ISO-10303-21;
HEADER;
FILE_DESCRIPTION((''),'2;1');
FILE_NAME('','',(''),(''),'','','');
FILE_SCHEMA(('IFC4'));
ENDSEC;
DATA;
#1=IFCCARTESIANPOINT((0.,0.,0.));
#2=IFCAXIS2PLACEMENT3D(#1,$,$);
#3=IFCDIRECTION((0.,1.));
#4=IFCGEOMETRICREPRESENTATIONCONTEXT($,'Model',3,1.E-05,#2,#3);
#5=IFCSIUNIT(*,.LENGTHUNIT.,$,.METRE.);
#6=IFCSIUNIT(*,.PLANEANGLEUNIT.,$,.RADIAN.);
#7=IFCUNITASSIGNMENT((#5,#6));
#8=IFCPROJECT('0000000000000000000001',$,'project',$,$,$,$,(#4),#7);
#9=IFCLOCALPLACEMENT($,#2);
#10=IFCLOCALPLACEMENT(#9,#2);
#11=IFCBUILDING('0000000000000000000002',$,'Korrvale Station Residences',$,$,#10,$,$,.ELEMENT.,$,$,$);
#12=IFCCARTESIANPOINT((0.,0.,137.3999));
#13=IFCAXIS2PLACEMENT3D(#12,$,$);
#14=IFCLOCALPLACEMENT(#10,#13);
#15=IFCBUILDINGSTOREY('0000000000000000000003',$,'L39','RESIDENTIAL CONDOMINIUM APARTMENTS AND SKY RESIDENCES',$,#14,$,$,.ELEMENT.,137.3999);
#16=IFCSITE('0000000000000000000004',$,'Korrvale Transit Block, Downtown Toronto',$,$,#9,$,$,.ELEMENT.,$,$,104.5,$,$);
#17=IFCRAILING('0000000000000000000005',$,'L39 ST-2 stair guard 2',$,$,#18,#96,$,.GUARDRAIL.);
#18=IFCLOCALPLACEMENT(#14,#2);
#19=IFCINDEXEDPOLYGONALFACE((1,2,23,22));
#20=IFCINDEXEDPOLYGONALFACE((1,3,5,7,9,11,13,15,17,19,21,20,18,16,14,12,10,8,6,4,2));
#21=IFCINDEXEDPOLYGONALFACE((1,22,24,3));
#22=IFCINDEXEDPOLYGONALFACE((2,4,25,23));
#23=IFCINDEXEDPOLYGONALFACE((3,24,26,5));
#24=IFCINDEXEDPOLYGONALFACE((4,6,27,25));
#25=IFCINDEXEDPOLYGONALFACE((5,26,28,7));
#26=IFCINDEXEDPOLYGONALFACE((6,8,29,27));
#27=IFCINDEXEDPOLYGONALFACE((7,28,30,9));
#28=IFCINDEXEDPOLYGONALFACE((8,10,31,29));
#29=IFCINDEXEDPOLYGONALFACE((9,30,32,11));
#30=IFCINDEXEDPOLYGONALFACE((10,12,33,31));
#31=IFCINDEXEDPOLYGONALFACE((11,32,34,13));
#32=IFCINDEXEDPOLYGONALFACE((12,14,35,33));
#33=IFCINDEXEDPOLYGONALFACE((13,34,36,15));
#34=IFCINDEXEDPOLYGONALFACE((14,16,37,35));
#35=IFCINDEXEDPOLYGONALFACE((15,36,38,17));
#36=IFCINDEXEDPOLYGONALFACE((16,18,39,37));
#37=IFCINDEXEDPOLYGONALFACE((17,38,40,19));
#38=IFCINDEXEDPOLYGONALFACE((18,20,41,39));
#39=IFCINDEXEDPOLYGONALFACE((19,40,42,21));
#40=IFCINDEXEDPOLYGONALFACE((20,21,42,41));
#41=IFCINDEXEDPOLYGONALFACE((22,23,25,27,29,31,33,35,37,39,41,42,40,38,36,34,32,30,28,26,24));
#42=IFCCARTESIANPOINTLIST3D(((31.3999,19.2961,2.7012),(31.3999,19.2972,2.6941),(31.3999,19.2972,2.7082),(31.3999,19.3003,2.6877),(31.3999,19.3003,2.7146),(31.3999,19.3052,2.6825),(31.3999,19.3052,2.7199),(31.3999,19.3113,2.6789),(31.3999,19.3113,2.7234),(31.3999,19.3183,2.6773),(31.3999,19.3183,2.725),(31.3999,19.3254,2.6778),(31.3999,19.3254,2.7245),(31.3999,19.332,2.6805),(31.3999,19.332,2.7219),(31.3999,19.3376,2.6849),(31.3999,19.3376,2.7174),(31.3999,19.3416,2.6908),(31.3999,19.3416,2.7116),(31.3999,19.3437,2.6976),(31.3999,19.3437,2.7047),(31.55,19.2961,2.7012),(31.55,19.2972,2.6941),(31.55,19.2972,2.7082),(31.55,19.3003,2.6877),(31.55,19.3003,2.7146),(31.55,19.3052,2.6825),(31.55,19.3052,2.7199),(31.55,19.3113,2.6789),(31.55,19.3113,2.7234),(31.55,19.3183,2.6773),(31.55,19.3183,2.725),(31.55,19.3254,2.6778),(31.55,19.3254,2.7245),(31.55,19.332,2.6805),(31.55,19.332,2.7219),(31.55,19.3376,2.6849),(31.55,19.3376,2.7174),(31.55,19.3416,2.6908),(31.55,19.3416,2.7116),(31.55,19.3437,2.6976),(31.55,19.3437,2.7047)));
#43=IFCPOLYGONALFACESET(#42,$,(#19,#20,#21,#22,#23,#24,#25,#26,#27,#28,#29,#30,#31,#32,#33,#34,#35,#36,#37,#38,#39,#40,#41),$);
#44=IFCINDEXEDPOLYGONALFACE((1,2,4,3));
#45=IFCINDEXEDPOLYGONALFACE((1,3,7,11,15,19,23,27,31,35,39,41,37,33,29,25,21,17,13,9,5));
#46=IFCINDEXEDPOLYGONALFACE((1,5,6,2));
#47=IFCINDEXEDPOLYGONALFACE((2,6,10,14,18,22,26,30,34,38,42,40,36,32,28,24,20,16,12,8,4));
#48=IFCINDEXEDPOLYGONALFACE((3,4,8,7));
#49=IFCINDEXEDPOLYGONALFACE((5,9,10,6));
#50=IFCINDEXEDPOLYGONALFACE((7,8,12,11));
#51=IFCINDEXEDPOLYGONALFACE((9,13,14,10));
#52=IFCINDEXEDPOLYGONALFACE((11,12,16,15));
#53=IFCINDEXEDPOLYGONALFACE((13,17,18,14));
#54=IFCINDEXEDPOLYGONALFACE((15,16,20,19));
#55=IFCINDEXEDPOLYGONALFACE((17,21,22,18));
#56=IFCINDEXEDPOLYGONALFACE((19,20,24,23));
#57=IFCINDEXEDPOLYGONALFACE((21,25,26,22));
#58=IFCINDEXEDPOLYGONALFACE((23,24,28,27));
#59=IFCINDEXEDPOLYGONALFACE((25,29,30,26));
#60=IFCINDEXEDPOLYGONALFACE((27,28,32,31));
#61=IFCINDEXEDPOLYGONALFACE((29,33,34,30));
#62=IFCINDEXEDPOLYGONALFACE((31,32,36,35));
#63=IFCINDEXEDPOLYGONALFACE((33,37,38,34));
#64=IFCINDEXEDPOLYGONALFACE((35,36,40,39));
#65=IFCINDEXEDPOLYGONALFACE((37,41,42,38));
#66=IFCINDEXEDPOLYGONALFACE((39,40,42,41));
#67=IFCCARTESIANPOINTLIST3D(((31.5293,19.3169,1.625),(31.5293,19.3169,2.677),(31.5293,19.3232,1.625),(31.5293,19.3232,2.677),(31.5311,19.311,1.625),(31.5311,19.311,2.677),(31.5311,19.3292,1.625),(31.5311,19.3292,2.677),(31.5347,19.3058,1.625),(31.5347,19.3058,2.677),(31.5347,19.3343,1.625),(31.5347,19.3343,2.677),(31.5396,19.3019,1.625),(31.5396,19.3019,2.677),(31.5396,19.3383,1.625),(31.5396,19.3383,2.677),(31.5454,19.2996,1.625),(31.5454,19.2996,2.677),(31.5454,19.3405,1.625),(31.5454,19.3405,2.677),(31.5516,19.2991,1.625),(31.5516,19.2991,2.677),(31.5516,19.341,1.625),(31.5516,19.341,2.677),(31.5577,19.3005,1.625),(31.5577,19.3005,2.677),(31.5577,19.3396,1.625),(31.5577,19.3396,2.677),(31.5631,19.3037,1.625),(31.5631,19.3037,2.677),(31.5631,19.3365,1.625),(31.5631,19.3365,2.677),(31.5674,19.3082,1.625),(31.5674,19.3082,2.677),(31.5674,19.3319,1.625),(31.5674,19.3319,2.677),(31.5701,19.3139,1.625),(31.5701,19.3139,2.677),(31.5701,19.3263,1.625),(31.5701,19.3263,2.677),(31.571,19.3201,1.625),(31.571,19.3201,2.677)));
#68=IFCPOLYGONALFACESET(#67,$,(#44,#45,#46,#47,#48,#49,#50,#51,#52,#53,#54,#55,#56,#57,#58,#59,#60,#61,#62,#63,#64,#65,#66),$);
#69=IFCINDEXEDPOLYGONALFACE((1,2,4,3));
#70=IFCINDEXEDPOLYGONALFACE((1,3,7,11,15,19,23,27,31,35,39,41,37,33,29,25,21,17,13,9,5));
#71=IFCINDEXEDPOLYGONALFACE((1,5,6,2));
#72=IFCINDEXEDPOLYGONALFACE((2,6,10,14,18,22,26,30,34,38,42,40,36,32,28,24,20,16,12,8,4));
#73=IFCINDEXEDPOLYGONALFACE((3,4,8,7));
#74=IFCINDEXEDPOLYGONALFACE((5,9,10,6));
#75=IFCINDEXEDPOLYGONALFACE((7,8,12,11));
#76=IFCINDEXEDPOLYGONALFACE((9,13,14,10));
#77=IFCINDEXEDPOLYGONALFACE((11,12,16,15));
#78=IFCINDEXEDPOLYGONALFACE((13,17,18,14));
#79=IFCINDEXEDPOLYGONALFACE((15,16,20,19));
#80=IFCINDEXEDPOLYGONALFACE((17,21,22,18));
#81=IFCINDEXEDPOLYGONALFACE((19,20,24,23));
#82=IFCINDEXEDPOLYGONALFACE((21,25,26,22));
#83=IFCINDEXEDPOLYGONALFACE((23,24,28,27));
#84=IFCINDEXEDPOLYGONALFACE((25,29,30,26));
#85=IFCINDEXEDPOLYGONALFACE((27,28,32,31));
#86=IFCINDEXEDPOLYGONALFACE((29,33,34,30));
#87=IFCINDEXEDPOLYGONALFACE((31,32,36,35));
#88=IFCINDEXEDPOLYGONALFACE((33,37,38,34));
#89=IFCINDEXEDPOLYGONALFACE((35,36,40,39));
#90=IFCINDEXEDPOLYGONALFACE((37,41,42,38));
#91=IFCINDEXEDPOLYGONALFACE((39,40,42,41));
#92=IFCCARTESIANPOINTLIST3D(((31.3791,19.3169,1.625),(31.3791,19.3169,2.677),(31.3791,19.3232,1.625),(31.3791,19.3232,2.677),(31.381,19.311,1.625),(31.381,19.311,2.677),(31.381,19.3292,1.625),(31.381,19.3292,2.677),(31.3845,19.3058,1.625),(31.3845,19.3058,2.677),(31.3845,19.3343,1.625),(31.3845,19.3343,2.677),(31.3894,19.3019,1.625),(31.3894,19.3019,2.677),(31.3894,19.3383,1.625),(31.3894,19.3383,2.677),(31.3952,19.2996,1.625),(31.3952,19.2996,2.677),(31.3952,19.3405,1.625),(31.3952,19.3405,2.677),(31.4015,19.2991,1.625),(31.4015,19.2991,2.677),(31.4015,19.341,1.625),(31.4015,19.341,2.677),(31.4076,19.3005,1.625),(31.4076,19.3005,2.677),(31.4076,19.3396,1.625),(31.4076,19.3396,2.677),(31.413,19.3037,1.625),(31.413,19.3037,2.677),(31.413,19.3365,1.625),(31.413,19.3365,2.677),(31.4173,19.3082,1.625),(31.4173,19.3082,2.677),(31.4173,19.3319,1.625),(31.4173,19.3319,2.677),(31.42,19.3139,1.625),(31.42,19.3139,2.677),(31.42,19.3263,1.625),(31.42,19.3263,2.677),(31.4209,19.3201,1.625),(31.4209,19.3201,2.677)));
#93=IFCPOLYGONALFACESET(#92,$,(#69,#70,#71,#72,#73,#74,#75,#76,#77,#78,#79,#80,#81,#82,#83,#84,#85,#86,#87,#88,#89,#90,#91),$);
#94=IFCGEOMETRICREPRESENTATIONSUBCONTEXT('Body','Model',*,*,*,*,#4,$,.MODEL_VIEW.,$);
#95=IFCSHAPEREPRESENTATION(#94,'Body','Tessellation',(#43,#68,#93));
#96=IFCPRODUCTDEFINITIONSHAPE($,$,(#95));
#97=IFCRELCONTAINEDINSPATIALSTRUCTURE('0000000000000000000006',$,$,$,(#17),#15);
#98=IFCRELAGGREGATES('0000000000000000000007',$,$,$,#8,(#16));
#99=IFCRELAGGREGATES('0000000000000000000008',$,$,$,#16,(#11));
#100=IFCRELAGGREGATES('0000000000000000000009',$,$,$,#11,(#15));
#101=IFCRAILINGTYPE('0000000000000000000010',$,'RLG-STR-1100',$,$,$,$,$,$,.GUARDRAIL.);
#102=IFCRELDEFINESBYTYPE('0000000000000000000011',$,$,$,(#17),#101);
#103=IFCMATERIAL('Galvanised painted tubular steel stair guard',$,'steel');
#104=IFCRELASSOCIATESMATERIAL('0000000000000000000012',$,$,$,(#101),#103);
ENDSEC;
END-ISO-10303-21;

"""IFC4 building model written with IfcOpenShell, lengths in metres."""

from ifc_helpers import new_model, si_unit, direction, frame, origin, origin_2d, place, context, subcontext, project, spatial, circle, extrude, material, type_object, element, save


model = new_model("IFC4")

# Units and contexts
model_context = context("Model", 3, precision=1e-05, world=origin(), true_north=direction((0.0, 1.0)))
body_context = subcontext(model_context, "Body", "Model", "MODEL_VIEW")
ifc_project = project(units=[si_unit("LENGTHUNIT", "METRE"), si_unit("PLANEANGLEUNIT", "RADIAN")], contexts=[model_context])

# Site, building, storey
site_placement = place(None, origin())
site = spatial("IfcSite", under=ifc_project, at=site_placement, Name="Korrvale Transit Block, Downtown Toronto", CompositionType="ELEMENT", RefElevation=104.5)
building_placement = place(site_placement, origin())
building = spatial("IfcBuilding", under=site, at=building_placement, Name="Korrvale Station Residences", CompositionType="ELEMENT")
storey_placement = place(building_placement, frame((0.0, 0.0, 137.3999)))
storey = spatial("IfcBuildingStorey", under=building, at=storey_placement, Name="L39", Description="RESIDENTIAL CONDOMINIUM APARTMENTS AND SKY RESIDENCES", CompositionType="ELEMENT", Elevation=137.3999)

# Railing
ifc_material_1 = material(Name="Galvanised painted tubular steel stair guard", Category="steel")
railing_type_1 = type_object("IfcRailingType", Name="RLG-STR-1100", PredefinedType="GUARDRAIL", material=ifc_material_1)
railing_1_placement = place(storey_placement, frame((31.55, 19.3201, 1.625)))
element("IfcRailing", 1, at=railing_1_placement, inside=storey, type_object=railing_type_1, Name="L39 ST-2 stair guard 2", PredefinedType="GUARDRAIL", context=body_context, shape_type="SweptSolid", body=[
    extrude(circle(Radius=0.0239, at=origin_2d()), frame((0.0, 0.0, 1.0762), z_axis=(-1.0, 0.0, 0.0), x_axis=(0.0, -1.0, 0.0)), (0.0, 0.0, 1.0), 0.1501),
    extrude(circle(Radius=0.021, at=origin_2d()), origin(), (0.0, 0.0, 1.0), 1.052),
    extrude(circle(Radius=0.021, at=origin_2d()), frame((-0.1501, 0.0, 0.0)), (0.0, 0.0, 1.0), 1.052),
])

save(model, "model.ifc")
